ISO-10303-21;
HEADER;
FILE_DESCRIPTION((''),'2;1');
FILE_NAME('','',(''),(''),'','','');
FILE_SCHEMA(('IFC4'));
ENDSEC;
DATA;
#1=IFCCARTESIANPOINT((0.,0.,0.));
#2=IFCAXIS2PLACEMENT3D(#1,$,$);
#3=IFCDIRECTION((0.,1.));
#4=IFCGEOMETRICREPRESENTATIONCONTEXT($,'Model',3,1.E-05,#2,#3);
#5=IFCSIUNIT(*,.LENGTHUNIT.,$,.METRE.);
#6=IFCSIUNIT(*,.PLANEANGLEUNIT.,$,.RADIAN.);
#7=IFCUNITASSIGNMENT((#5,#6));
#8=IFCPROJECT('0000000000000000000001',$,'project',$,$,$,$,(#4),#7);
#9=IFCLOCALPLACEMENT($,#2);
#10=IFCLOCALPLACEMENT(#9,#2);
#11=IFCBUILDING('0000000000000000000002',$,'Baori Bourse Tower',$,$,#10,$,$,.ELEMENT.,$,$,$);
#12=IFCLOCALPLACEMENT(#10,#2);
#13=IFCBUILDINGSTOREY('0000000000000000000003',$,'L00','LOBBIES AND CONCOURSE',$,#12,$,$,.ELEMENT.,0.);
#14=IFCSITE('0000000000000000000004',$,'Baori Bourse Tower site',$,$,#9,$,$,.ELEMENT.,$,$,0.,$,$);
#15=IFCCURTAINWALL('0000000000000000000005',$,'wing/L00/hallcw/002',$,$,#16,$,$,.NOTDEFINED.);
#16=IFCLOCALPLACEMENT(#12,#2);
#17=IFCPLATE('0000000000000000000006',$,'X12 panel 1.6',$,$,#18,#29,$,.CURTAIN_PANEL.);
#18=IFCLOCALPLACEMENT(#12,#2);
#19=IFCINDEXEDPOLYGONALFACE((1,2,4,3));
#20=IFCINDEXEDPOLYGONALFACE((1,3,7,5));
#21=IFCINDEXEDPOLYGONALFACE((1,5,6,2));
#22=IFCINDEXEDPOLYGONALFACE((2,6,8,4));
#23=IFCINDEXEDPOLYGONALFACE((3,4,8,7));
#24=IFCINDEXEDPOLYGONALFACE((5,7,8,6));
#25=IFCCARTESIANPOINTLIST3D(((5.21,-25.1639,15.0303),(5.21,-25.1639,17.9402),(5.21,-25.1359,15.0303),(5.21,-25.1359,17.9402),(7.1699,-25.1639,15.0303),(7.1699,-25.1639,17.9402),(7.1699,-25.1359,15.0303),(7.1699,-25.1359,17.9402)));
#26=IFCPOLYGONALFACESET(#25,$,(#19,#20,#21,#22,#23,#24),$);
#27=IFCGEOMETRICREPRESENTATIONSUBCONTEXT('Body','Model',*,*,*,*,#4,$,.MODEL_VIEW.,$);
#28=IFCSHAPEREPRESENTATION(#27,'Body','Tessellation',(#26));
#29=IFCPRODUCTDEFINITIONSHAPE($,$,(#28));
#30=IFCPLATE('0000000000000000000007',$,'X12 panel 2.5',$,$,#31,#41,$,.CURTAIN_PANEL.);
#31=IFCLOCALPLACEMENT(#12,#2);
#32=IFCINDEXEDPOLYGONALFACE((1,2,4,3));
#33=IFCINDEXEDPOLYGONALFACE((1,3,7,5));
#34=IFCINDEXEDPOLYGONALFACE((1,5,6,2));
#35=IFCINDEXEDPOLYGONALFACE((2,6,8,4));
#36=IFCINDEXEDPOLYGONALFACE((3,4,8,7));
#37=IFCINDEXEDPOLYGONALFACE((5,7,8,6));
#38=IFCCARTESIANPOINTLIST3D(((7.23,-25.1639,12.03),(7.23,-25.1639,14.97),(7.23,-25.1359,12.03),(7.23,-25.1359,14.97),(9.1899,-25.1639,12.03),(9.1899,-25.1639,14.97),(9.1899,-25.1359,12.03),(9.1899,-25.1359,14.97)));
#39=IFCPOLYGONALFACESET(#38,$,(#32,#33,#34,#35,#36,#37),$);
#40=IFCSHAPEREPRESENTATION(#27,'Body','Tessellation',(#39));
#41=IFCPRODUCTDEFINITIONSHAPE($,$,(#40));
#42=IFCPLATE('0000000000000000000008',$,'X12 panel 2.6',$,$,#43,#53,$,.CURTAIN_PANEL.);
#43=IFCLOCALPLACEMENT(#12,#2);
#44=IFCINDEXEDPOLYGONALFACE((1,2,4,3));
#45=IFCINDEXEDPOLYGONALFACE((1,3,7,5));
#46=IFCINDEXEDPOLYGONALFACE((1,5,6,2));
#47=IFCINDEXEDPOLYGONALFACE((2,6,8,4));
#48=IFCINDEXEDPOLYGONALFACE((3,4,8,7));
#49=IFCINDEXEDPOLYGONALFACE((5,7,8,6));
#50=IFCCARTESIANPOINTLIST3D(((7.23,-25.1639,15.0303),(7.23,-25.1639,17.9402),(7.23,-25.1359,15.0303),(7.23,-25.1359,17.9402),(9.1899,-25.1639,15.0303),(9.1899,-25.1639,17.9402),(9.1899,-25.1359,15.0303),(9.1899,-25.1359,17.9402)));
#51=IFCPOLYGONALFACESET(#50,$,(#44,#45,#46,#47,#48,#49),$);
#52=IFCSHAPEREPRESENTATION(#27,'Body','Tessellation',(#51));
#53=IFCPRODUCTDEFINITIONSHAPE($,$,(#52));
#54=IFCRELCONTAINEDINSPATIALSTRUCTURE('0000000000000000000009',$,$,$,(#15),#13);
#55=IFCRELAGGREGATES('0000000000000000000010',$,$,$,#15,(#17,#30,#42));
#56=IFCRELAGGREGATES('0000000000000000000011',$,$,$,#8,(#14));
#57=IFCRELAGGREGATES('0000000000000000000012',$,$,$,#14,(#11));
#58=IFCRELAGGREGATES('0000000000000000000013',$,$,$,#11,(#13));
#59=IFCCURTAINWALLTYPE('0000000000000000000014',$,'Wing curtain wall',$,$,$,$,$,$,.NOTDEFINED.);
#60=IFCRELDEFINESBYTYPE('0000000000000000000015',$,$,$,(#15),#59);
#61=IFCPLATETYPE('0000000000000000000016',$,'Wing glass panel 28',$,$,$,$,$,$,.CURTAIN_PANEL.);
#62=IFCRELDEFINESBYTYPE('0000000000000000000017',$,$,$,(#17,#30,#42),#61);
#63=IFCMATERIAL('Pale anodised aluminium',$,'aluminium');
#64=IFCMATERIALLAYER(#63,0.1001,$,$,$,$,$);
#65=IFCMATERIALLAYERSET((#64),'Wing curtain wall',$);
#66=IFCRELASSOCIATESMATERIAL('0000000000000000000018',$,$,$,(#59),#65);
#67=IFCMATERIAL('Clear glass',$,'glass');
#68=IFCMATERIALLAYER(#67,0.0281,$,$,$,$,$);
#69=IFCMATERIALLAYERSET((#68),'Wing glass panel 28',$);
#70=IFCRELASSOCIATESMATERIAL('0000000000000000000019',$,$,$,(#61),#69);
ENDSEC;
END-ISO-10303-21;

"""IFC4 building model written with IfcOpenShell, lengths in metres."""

from ifc_helpers import new_model, si_unit, direction, frame, origin, origin_2d, place, context, subcontext, project, spatial, rectangle, extrude, material, layer, layer_set, type_object, element, aggregate, save


model = new_model("IFC4")

# Units and contexts
model_context = context("Model", 3, precision=1e-05, world=origin(), true_north=direction((0.0, 1.0)))
body_context = subcontext(model_context, "Body", "Model", "MODEL_VIEW")
ifc_project = project(units=[si_unit("LENGTHUNIT", "METRE"), si_unit("PLANEANGLEUNIT", "RADIAN")], contexts=[model_context])

# Site, building, storey
site_placement = place(None, origin())
site = spatial("IfcSite", under=ifc_project, at=site_placement, Name="Baori Bourse Tower site", CompositionType="ELEMENT", RefElevation=0.0)
building_placement = place(site_placement, origin())
building = spatial("IfcBuilding", under=site, at=building_placement, Name="Baori Bourse Tower", CompositionType="ELEMENT")
storey_placement = place(building_placement, origin())
storey = spatial("IfcBuildingStorey", under=building, at=storey_placement, Name="L00", Description="LOBBIES AND CONCOURSE", CompositionType="ELEMENT", Elevation=0.0)

# Curtain wall
ifc_material_1 = material(Name="Pale anodised aluminium", Category="aluminium")
ifc_layer_1 = layer(ifc_material_1, 0.1001)
ifc_layer_set_1 = layer_set([ifc_layer_1], Name="Wing curtain wall")
curtain_wall_type = type_object("IfcCurtainWallType", Name="Wing curtain wall", PredefinedType="NOTDEFINED", material=ifc_layer_set_1)
curtain_wall_1_placement = place(storey_placement, origin())
curtain_wall_1 = element("IfcCurtainWall", 1, at=curtain_wall_1_placement, inside=storey, type_object=curtain_wall_type, Name="wing/L00/hallcw/002", PredefinedType="NOTDEFINED")

# Plates
ifc_material_2 = material(Name="Clear glass", Category="glass")
ifc_layer_2 = layer(ifc_material_2, 0.0281)
ifc_layer_set_2 = layer_set([ifc_layer_2], Name="Wing glass panel 28")
plate_type = type_object("IfcPlateType", Name="Wing glass panel 28", PredefinedType="CURTAIN_PANEL", material=ifc_layer_set_2)
plate_1_placement = place(storey_placement, frame((6.1899, -25.1499, 15.0303), z_axis=(0.0, 0.0, 1.0), x_axis=(1.0, 0.0, 0.0)))
plate_1 = element("IfcPlate", 2, at=plate_1_placement, type_object=plate_type, Name="X12 panel 1.6", PredefinedType="CURTAIN_PANEL", context=body_context, shape_type="SweptSolid", body=[
    extrude(rectangle(XDim=1.96, YDim=0.0281, at=origin_2d()), origin(), (0.0, 0.0, 1.0), 2.9099),
])
plate_2_placement = place(storey_placement, frame((8.21, -25.1499, 12.03), z_axis=(0.0, 0.0, 1.0), x_axis=(1.0, 0.0, 0.0)))
plate_2 = element("IfcPlate", 3, at=plate_2_placement, type_object=plate_type, Name="X12 panel 2.5", PredefinedType="CURTAIN_PANEL", context=body_context, shape_type="SweptSolid", body=[
    extrude(rectangle(XDim=1.96, YDim=0.0281, at=origin_2d()), origin(), (0.0, 0.0, 1.0), 2.9399),
])
plate_3_placement = place(storey_placement, frame((8.21, -25.1499, 15.0303), z_axis=(0.0, 0.0, 1.0), x_axis=(1.0, 0.0, 0.0)))
plate_3 = element("IfcPlate", 4, at=plate_3_placement, type_object=plate_type, Name="X12 panel 2.6", PredefinedType="CURTAIN_PANEL", context=body_context, shape_type="SweptSolid", body=[
    extrude(rectangle(XDim=1.96, YDim=0.0281, at=origin_2d()), origin(), (0.0, 0.0, 1.0), 2.9099),
])
aggregate(curtain_wall_1, [plate_1, plate_2, plate_3])

save(model, "model.ifc")
